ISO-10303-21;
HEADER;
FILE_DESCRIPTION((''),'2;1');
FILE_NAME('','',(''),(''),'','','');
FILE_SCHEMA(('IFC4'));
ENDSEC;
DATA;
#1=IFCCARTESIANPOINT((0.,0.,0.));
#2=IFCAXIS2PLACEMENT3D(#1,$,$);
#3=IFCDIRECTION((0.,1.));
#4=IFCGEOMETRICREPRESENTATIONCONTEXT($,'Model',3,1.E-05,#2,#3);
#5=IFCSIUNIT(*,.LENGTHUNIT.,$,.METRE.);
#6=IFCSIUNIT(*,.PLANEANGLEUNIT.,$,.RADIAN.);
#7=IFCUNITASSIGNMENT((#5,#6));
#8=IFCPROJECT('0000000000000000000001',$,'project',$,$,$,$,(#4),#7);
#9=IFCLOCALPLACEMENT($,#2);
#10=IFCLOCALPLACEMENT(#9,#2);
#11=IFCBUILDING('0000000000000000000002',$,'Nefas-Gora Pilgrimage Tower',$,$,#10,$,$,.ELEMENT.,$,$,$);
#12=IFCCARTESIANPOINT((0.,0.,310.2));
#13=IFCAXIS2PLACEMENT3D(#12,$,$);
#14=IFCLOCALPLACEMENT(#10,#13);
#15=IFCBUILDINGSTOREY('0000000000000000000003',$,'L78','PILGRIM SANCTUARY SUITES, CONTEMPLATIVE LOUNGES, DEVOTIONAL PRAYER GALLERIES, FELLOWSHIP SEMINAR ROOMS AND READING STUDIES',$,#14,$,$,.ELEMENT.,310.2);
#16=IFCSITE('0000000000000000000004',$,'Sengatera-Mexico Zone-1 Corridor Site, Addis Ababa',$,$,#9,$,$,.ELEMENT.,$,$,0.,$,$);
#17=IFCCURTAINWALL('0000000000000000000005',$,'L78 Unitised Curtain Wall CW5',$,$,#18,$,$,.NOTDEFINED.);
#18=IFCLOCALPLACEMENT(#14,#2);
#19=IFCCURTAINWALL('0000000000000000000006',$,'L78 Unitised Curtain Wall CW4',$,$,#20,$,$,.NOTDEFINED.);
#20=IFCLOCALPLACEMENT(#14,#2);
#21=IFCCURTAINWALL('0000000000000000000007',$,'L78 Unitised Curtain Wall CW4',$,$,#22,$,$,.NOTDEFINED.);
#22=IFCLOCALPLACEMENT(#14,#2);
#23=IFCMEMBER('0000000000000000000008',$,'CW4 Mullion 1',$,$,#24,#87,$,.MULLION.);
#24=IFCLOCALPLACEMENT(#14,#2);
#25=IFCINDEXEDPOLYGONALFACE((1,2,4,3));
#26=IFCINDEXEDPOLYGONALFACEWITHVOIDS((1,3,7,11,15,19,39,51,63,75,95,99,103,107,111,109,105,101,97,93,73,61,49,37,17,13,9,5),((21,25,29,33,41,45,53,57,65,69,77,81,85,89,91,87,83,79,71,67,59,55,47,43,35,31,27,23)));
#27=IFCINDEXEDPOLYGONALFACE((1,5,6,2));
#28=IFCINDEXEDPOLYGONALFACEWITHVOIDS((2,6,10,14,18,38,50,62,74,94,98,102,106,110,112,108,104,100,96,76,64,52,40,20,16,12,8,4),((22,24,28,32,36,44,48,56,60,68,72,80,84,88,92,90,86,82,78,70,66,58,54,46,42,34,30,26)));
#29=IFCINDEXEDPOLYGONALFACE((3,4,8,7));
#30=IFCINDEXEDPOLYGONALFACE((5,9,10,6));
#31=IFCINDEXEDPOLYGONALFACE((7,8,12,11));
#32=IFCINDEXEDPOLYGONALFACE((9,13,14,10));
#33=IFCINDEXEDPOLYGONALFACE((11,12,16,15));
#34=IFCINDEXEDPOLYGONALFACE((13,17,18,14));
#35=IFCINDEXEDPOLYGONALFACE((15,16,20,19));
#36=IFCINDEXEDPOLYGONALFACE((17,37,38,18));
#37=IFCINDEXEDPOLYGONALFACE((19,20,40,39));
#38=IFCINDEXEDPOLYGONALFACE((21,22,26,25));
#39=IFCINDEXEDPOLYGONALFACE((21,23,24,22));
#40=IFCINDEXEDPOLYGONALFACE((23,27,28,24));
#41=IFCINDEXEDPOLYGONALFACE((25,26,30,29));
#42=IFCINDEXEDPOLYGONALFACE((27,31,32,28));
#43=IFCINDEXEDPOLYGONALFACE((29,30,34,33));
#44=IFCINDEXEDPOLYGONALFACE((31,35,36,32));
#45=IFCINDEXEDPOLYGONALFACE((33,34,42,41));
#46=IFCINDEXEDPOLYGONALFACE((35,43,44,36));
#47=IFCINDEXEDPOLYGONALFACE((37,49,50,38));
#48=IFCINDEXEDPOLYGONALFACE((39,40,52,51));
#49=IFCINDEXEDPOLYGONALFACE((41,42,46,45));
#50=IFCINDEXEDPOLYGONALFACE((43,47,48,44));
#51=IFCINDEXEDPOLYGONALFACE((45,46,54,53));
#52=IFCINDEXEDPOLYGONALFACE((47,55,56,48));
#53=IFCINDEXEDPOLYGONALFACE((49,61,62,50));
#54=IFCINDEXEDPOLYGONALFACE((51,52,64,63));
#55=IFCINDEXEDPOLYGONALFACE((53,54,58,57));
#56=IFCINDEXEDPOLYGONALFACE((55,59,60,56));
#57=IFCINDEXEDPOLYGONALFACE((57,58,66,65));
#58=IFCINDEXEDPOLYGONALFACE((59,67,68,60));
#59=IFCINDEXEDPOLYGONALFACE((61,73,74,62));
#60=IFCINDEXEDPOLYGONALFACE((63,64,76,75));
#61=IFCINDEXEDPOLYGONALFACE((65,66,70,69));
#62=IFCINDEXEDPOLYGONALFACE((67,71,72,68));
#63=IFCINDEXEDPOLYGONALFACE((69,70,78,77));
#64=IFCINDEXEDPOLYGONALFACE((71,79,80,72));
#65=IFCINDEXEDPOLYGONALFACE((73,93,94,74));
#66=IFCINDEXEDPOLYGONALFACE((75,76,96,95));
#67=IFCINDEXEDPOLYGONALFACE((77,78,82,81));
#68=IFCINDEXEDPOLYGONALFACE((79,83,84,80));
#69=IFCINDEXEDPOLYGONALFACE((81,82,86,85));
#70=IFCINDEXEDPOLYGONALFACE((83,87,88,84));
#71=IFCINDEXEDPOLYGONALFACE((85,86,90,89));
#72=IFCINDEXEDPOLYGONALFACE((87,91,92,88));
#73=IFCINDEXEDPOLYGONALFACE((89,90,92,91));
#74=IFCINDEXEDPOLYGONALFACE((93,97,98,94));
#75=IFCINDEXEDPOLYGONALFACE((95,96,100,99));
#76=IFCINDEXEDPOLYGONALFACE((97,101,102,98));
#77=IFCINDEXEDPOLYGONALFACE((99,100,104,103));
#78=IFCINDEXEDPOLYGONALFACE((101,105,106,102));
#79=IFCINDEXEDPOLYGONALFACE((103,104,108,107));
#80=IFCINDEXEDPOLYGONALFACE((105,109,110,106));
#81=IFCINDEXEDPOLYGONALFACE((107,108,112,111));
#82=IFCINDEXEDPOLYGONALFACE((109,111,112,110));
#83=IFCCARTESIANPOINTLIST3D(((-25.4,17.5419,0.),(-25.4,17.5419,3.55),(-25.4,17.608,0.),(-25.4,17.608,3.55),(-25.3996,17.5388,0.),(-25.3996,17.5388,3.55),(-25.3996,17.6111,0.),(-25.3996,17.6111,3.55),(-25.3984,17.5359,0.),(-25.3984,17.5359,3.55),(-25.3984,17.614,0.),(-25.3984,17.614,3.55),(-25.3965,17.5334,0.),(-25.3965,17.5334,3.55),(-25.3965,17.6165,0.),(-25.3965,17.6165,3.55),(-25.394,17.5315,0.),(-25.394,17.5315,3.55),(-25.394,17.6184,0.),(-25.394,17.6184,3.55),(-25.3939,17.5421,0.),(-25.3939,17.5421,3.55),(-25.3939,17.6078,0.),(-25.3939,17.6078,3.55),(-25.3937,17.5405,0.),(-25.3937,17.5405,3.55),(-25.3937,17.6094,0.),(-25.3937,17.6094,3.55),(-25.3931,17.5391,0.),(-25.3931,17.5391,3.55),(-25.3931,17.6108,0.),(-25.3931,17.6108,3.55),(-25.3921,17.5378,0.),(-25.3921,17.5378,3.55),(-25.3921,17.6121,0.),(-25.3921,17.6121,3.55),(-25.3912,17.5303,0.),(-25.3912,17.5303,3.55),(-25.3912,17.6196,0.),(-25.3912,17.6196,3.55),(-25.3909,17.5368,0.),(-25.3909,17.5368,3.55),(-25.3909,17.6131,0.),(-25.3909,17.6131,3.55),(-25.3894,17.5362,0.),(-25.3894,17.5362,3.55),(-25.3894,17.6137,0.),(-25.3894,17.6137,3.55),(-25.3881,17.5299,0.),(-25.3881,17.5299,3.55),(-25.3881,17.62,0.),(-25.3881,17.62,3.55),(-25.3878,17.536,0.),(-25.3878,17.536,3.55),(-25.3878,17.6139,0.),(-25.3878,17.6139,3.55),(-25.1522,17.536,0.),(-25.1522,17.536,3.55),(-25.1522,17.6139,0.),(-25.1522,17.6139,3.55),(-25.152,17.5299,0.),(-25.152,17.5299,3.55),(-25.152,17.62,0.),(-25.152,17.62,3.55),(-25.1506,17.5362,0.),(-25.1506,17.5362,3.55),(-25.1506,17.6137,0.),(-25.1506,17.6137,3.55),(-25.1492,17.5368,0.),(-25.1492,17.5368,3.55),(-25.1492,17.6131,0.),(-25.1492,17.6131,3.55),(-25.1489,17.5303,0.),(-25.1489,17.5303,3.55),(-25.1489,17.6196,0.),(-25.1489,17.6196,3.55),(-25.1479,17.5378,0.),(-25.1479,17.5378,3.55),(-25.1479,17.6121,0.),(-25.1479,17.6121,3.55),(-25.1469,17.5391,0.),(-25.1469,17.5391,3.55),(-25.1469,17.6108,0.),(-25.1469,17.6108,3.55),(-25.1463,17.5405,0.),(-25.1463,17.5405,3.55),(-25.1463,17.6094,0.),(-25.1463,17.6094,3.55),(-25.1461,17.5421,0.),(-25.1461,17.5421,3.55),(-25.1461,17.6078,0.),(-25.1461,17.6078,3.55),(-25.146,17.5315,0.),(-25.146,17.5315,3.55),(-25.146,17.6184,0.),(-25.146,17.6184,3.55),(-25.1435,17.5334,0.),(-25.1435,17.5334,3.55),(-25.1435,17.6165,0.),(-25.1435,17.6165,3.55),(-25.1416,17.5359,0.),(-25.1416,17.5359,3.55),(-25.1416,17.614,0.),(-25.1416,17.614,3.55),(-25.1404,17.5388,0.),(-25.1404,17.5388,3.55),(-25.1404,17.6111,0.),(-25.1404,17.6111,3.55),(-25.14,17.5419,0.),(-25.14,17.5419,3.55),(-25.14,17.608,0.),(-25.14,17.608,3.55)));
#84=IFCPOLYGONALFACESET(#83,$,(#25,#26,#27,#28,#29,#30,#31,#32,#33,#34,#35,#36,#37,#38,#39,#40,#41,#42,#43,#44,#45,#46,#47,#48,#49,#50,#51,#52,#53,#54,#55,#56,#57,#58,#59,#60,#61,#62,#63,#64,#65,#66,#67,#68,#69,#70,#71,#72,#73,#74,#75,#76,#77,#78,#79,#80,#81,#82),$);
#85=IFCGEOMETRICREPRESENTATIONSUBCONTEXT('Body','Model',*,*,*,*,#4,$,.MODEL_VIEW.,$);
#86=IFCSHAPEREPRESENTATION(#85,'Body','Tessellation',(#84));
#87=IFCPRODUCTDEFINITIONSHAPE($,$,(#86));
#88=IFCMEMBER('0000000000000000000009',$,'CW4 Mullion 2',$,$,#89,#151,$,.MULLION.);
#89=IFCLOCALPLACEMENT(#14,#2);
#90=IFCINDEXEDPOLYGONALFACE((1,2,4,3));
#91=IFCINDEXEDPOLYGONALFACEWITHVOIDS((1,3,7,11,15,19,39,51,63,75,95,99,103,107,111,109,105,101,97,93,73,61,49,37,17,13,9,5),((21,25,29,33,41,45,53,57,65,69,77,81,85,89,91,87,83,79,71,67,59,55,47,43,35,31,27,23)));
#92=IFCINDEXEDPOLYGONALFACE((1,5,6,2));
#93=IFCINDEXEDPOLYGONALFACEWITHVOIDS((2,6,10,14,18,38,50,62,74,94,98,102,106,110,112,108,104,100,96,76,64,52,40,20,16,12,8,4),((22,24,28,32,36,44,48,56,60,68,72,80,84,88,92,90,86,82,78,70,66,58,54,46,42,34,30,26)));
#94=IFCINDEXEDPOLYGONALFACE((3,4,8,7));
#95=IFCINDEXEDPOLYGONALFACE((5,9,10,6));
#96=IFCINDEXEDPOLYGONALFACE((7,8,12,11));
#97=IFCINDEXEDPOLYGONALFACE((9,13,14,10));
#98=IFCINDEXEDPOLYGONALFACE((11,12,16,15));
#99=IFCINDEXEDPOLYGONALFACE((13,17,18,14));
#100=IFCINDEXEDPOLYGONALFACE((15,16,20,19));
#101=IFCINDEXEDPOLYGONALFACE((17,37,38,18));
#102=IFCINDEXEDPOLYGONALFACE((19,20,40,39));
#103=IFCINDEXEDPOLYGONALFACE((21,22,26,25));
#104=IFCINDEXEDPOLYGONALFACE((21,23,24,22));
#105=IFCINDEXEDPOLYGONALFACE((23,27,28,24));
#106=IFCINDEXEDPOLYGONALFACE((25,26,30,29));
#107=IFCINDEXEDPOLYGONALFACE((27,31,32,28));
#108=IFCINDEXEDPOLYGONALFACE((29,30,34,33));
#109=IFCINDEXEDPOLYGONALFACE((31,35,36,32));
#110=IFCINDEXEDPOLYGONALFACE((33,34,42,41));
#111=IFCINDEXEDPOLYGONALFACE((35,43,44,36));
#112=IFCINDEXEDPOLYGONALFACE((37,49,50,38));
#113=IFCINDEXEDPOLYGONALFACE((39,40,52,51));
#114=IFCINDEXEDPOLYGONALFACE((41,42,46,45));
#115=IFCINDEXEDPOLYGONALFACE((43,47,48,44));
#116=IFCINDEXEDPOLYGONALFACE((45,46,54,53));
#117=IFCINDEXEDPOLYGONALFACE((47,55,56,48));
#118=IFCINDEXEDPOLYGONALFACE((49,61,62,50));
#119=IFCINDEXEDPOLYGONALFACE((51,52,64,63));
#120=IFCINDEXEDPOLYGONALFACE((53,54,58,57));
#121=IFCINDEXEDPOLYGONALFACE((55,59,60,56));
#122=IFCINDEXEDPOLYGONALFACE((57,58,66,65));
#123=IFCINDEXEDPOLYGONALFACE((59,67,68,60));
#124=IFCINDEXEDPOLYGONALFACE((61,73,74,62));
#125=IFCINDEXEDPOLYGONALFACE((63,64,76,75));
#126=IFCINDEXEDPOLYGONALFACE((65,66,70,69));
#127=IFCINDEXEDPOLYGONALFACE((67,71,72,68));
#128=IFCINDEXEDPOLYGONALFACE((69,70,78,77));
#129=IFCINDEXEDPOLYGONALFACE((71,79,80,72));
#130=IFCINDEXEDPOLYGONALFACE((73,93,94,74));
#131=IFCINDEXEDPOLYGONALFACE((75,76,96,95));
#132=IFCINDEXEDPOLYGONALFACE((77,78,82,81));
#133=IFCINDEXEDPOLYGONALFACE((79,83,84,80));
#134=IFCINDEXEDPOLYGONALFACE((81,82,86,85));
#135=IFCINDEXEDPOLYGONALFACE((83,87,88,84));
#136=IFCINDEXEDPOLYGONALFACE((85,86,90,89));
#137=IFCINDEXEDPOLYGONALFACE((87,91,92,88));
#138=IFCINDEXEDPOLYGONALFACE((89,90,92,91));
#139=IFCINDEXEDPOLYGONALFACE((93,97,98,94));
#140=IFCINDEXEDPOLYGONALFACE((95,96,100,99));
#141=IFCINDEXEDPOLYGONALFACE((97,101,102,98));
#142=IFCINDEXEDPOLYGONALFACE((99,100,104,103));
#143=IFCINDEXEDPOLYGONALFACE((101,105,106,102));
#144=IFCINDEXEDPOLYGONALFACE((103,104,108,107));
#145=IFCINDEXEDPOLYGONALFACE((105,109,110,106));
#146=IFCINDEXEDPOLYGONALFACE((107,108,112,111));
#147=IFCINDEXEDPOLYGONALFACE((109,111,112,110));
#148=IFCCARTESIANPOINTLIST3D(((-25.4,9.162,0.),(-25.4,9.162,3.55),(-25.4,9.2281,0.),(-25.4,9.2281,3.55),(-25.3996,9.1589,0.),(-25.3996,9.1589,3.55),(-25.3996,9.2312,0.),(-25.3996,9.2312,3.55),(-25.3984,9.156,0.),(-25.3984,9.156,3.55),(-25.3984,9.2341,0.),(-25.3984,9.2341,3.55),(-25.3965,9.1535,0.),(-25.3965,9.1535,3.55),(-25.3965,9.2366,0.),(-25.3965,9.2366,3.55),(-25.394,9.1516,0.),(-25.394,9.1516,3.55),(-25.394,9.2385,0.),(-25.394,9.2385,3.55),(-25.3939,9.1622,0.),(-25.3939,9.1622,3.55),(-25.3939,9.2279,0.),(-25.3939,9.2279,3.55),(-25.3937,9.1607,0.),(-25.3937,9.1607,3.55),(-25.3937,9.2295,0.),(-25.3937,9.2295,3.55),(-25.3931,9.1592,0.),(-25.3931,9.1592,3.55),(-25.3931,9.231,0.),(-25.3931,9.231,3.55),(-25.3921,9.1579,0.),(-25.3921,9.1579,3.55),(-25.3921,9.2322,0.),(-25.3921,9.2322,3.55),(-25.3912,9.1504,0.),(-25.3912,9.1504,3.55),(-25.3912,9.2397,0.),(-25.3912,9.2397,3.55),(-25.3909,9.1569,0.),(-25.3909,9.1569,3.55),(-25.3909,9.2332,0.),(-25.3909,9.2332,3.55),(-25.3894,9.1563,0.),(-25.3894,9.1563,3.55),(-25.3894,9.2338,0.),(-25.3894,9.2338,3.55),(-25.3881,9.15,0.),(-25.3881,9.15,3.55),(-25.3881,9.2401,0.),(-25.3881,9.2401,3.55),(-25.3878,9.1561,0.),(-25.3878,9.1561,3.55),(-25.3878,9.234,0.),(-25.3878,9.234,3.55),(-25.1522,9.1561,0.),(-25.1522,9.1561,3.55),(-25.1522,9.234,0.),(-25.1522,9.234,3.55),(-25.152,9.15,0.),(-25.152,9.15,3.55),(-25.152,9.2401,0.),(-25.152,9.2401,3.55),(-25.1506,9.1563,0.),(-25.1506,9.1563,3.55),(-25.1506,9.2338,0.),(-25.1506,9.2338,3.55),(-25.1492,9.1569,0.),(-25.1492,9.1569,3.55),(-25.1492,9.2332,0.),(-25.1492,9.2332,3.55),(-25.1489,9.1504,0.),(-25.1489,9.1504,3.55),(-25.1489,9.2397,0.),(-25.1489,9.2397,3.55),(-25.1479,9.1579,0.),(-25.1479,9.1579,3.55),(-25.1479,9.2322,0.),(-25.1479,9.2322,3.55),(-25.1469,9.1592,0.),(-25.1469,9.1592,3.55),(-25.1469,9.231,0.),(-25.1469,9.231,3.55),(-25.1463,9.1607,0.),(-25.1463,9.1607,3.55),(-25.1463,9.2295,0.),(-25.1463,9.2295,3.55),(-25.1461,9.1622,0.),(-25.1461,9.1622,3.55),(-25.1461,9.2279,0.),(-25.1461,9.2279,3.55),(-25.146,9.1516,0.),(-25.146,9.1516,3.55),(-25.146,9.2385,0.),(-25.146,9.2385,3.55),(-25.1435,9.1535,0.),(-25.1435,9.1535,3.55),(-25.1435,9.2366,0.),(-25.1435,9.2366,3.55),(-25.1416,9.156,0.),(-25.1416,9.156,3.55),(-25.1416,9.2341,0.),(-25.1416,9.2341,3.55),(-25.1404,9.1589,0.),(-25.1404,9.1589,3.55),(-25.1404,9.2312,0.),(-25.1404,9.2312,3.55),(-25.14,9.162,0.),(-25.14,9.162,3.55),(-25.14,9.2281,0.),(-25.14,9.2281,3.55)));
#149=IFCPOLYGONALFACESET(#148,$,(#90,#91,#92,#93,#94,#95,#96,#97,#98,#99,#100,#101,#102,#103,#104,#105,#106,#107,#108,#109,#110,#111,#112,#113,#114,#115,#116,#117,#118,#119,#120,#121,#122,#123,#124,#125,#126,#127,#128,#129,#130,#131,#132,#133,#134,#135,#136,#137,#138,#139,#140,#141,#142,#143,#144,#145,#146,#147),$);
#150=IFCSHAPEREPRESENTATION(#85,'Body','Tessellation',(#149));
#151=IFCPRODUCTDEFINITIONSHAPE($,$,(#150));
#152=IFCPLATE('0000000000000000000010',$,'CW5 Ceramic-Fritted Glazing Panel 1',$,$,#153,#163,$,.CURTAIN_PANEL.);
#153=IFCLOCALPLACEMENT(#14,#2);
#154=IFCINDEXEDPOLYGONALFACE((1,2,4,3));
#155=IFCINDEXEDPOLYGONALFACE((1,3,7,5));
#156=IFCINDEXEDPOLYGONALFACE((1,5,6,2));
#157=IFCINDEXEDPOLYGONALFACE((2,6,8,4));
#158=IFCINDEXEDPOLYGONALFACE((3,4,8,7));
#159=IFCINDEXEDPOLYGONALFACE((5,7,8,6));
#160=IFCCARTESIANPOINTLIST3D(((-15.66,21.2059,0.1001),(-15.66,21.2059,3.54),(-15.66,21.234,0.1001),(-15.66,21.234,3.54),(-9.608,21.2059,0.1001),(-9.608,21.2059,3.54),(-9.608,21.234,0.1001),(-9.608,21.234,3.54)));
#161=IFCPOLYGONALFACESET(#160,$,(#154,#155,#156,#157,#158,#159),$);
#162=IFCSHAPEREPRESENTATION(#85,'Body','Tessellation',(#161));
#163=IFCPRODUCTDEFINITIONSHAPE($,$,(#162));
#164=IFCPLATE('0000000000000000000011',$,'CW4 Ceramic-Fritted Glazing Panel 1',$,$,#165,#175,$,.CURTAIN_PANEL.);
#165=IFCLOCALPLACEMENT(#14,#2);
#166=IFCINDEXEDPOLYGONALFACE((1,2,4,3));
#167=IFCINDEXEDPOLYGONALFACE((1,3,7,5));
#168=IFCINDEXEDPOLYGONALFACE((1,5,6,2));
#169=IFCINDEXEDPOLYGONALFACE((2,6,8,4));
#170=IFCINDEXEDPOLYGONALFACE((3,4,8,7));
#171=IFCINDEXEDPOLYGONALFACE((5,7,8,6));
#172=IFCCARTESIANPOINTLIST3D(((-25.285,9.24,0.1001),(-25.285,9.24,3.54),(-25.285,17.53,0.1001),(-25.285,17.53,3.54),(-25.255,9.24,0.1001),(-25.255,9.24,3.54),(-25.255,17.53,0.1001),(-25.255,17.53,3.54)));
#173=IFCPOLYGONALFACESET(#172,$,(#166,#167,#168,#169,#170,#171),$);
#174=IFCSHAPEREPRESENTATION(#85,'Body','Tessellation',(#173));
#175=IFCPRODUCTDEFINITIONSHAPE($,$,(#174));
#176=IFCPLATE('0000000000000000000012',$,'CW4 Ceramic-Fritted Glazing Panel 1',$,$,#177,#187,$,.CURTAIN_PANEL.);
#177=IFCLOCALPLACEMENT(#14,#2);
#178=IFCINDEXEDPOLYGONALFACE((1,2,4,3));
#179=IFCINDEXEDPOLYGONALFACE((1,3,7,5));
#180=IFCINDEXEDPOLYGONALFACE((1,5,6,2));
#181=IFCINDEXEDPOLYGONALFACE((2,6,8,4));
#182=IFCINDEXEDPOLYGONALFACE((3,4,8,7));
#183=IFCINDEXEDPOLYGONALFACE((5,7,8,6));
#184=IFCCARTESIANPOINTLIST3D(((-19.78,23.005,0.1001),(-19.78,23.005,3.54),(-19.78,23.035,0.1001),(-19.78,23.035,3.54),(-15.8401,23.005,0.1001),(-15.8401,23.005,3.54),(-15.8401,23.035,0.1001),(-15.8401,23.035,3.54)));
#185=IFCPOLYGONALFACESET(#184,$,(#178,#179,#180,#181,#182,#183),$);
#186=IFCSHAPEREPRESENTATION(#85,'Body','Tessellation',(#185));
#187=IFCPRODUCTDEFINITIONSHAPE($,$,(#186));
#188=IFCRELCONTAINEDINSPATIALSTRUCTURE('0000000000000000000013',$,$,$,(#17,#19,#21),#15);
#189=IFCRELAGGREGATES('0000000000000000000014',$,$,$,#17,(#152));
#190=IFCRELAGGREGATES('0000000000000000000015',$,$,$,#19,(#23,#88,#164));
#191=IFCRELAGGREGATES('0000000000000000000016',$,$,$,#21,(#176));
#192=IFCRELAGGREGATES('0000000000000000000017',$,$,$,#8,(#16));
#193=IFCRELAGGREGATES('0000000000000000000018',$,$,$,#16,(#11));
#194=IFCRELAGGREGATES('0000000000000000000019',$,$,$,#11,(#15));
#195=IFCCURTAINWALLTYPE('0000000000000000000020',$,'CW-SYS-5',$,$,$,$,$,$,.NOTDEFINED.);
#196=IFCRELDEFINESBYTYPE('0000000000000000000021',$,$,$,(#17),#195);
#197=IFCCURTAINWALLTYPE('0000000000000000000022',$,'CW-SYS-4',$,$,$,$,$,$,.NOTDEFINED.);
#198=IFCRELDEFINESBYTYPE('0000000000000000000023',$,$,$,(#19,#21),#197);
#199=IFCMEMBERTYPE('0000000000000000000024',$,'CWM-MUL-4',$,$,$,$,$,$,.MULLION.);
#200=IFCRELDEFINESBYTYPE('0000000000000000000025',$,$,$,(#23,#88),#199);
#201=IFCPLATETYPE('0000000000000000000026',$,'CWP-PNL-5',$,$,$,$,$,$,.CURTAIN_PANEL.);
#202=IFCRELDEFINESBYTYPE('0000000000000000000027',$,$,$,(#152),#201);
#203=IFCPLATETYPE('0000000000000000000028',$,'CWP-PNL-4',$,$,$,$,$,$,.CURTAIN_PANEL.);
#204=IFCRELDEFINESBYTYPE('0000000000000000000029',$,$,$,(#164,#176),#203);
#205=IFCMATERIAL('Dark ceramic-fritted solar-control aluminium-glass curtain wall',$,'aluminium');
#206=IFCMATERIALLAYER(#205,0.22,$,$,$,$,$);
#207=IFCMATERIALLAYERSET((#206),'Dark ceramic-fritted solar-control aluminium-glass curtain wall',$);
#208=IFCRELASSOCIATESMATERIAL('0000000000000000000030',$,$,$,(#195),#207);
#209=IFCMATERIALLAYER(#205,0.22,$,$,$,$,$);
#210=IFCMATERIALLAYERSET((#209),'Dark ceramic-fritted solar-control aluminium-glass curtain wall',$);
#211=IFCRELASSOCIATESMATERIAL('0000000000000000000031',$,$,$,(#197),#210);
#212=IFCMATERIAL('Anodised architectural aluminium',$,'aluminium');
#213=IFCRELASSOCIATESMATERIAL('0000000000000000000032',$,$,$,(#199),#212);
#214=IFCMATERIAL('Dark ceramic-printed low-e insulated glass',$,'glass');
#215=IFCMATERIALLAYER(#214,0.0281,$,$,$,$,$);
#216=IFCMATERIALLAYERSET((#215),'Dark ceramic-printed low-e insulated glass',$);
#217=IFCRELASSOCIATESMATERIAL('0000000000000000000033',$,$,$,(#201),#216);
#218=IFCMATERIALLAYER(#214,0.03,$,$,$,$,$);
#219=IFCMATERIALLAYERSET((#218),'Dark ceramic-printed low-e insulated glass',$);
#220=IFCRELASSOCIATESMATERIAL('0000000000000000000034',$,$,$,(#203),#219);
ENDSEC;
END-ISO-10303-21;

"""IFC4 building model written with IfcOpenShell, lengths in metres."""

from ifc_helpers import new_model, si_unit, direction, frame, origin, origin_2d, place, context, subcontext, project, spatial, rectangle, hollow_rectangle, extrude, source, transform, mapped, material, layer, layer_set, material_profile, profile_set, type_object, element, aggregate, save


model = new_model("IFC4")

# Units and contexts
model_context = context("Model", 3, precision=1e-05, world=origin(), true_north=direction((0.0, 1.0)))
body_context = subcontext(model_context, "Body", "Model", "MODEL_VIEW")
ifc_project = project(units=[si_unit("LENGTHUNIT", "METRE"), si_unit("PLANEANGLEUNIT", "RADIAN")], contexts=[model_context])

# Site, building, storey
site_placement = place(None, origin())
site = spatial("IfcSite", under=ifc_project, at=site_placement, Name="Sengatera-Mexico Zone-1 Corridor Site, Addis Ababa", CompositionType="ELEMENT", RefElevation=0.0)
building_placement = place(site_placement, origin())
building = spatial("IfcBuilding", under=site, at=building_placement, Name="Nefas-Gora Pilgrimage Tower", CompositionType="ELEMENT")
storey_placement = place(building_placement, frame((0.0, 0.0, 310.2)))
storey = spatial("IfcBuildingStorey", under=building, at=storey_placement, Name="L78", Description="PILGRIM SANCTUARY SUITES, CONTEMPLATIVE LOUNGES, DEVOTIONAL PRAYER GALLERIES, FELLOWSHIP SEMINAR ROOMS AND READING STUDIES", CompositionType="ELEMENT", Elevation=310.2)

# Curtain walls
ifc_material_1 = material(Name="Dark ceramic-fritted solar-control aluminium-glass curtain wall", Category="aluminium")
ifc_layer_1 = layer(ifc_material_1, 0.22)
ifc_layer_set_1 = layer_set([ifc_layer_1], Name="Dark ceramic-fritted solar-control aluminium-glass curtain wall")
curtain_wall_type_1 = type_object("IfcCurtainWallType", Name="CW-SYS-5", PredefinedType="NOTDEFINED", material=ifc_layer_set_1)
curtain_wall_1_placement = place(storey_placement, origin())
curtain_wall_1 = element("IfcCurtainWall", 1, at=curtain_wall_1_placement, inside=storey, type_object=curtain_wall_type_1, Name="L78 Unitised Curtain Wall CW5", PredefinedType="NOTDEFINED")
ifc_material_2 = material(Name="Anodised architectural aluminium", Category="aluminium")
ifc_layer_2 = layer(ifc_material_1, 0.22)
ifc_layer_set_2 = layer_set([ifc_layer_2], Name="Dark ceramic-fritted solar-control aluminium-glass curtain wall")
curtain_wall_type_2 = type_object("IfcCurtainWallType", Name="CW-SYS-4", PredefinedType="NOTDEFINED", material=ifc_layer_set_2)
curtain_wall_2_placement = place(storey_placement, origin())
curtain_wall_2 = element("IfcCurtainWall", 2, at=curtain_wall_2_placement, inside=storey, type_object=curtain_wall_type_2, Name="L78 Unitised Curtain Wall CW4", PredefinedType="NOTDEFINED")

# Curtain wall
curtain_wall_3_placement = place(storey_placement, origin())
curtain_wall_3 = element("IfcCurtainWall", 3, at=curtain_wall_3_placement, inside=storey, type_object=curtain_wall_type_2, Name="L78 Unitised Curtain Wall CW4", PredefinedType="NOTDEFINED")
ifc_material_profile_1 = material_profile(ifc_material_2, hollow_rectangle(XDim=0.0901, YDim=0.26, WallThickness=0.0061, InnerFilletRadius=0.0061, OuterFilletRadius=0.012, at=origin_2d()), Name="ALU MULLION 90x260")
ifc_profile_set_1 = profile_set([ifc_material_profile_1], Name="Anodised architectural aluminium")
member_type_1 = type_object("IfcMemberType", Name="CWM-MUL-4", PredefinedType="MULLION", material=ifc_profile_set_1)
shared_shape_1 = source(origin(), body_context, "Body", "SweptSolid", [
    extrude(hollow_rectangle(XDim=0.0901, YDim=0.26, WallThickness=0.0061, InnerFilletRadius=0.0061, OuterFilletRadius=0.012, at=origin_2d()), origin(), (0.0, 0.0, 1.0), 3.55),
])

# Members
member_1_placement = place(storey_placement, frame((-25.27, 17.575, 0.0), z_axis=(0.0, 0.0, 1.0), x_axis=(0.0, -1.0, 0.0)))
member_1 = element("IfcMember", 4, at=member_1_placement, type_object=member_type_1, Name="CW4 Mullion 1", PredefinedType="MULLION", context=body_context, shape_type="MappedRepresentation", body=[
    mapped(shared_shape_1, transform((0.0, 0.0, 0.0), x_axis=(1.0, 0.0, 0.0), y_axis=(0.0, 1.0, 0.0), z_axis=(0.0, 0.0, 1.0), scale=1.0)),
])
member_2_placement = place(storey_placement, frame((-25.27, 9.1951, 0.0), z_axis=(0.0, 0.0, 1.0), x_axis=(0.0, -1.0, 0.0)))
member_2 = element("IfcMember", 5, at=member_2_placement, type_object=member_type_1, Name="CW4 Mullion 2", PredefinedType="MULLION", context=body_context, shape_type="MappedRepresentation", body=[
    mapped(shared_shape_1, transform((0.0, 0.0, 0.0), x_axis=(1.0, 0.0, 0.0), y_axis=(0.0, 1.0, 0.0), z_axis=(0.0, 0.0, 1.0), scale=1.0)),
])

# Plates
ifc_material_3 = material(Name="Dark ceramic-printed low-e insulated glass", Category="glass")
ifc_layer_3 = layer(ifc_material_3, 0.0281)
ifc_layer_set_3 = layer_set([ifc_layer_3], Name="Dark ceramic-printed low-e insulated glass")
plate_type_1 = type_object("IfcPlateType", Name="CWP-PNL-5", PredefinedType="CURTAIN_PANEL", material=ifc_layer_set_3)
shared_shape_2 = source(origin(), body_context, "Body", "SweptSolid", [
    extrude(rectangle(XDim=6.052, YDim=0.0281, at=origin_2d()), origin(), (0.0, 0.0, 1.0), 3.4399),
])
plate_1_placement = place(storey_placement, frame((-12.634, 21.22, 0.1001), z_axis=(0.0, 0.0, 1.0), x_axis=(-1.0, 0.0, 0.0)))
plate_1 = element("IfcPlate", 6, at=plate_1_placement, type_object=plate_type_1, Name="CW5 Ceramic-Fritted Glazing Panel 1", PredefinedType="CURTAIN_PANEL", context=body_context, shape_type="MappedRepresentation", body=[
    mapped(shared_shape_2, transform((0.0, 0.0, 0.0), x_axis=(1.0, 0.0, 0.0), y_axis=(0.0, 1.0, 0.0), z_axis=(0.0, 0.0, 1.0), scale=1.0)),
])
aggregate(curtain_wall_1, [plate_1])
ifc_layer_4 = layer(ifc_material_3, 0.03)
ifc_layer_set_4 = layer_set([ifc_layer_4], Name="Dark ceramic-printed low-e insulated glass")
plate_type_2 = type_object("IfcPlateType", Name="CWP-PNL-4", PredefinedType="CURTAIN_PANEL", material=ifc_layer_set_4)
shared_shape_3 = source(origin(), body_context, "Body", "SweptSolid", [
    extrude(rectangle(XDim=8.29, YDim=0.03, at=origin_2d()), origin(), (0.0, 0.0, 1.0), 3.4399),
])
plate_2_placement = place(storey_placement, frame((-25.27, 13.385, 0.1001), z_axis=(0.0, 0.0, 1.0), x_axis=(0.0, -1.0, 0.0)))
plate_2 = element("IfcPlate", 7, at=plate_2_placement, type_object=plate_type_2, Name="CW4 Ceramic-Fritted Glazing Panel 1", PredefinedType="CURTAIN_PANEL", context=body_context, shape_type="MappedRepresentation", body=[
    mapped(shared_shape_3, transform((0.0, 0.0, 0.0), x_axis=(1.0, 0.0, 0.0), y_axis=(0.0, 1.0, 0.0), z_axis=(0.0, 0.0, 1.0), scale=1.0)),
])
aggregate(curtain_wall_2, [member_1, member_2, plate_2])
shared_shape_4 = source(origin(), body_context, "Body", "SweptSolid", [
    extrude(rectangle(XDim=3.9399, YDim=0.03, at=origin_2d()), origin(), (0.0, 0.0, 1.0), 3.4399),
])
plate_3_placement = place(storey_placement, frame((-17.8101, 23.02, 0.1001), z_axis=(0.0, 0.0, 1.0), x_axis=(-1.0, 0.0, 0.0)))
plate_3 = element("IfcPlate", 8, at=plate_3_placement, type_object=plate_type_2, Name="CW4 Ceramic-Fritted Glazing Panel 1", PredefinedType="CURTAIN_PANEL", context=body_context, shape_type="MappedRepresentation", body=[
    mapped(shared_shape_4, transform((0.0, 0.0, 0.0), x_axis=(1.0, 0.0, 0.0), y_axis=(0.0, 1.0, 0.0), z_axis=(0.0, 0.0, 1.0), scale=1.0)),
])
aggregate(curtain_wall_3, [plate_3])

save(model, "model.ifc")
